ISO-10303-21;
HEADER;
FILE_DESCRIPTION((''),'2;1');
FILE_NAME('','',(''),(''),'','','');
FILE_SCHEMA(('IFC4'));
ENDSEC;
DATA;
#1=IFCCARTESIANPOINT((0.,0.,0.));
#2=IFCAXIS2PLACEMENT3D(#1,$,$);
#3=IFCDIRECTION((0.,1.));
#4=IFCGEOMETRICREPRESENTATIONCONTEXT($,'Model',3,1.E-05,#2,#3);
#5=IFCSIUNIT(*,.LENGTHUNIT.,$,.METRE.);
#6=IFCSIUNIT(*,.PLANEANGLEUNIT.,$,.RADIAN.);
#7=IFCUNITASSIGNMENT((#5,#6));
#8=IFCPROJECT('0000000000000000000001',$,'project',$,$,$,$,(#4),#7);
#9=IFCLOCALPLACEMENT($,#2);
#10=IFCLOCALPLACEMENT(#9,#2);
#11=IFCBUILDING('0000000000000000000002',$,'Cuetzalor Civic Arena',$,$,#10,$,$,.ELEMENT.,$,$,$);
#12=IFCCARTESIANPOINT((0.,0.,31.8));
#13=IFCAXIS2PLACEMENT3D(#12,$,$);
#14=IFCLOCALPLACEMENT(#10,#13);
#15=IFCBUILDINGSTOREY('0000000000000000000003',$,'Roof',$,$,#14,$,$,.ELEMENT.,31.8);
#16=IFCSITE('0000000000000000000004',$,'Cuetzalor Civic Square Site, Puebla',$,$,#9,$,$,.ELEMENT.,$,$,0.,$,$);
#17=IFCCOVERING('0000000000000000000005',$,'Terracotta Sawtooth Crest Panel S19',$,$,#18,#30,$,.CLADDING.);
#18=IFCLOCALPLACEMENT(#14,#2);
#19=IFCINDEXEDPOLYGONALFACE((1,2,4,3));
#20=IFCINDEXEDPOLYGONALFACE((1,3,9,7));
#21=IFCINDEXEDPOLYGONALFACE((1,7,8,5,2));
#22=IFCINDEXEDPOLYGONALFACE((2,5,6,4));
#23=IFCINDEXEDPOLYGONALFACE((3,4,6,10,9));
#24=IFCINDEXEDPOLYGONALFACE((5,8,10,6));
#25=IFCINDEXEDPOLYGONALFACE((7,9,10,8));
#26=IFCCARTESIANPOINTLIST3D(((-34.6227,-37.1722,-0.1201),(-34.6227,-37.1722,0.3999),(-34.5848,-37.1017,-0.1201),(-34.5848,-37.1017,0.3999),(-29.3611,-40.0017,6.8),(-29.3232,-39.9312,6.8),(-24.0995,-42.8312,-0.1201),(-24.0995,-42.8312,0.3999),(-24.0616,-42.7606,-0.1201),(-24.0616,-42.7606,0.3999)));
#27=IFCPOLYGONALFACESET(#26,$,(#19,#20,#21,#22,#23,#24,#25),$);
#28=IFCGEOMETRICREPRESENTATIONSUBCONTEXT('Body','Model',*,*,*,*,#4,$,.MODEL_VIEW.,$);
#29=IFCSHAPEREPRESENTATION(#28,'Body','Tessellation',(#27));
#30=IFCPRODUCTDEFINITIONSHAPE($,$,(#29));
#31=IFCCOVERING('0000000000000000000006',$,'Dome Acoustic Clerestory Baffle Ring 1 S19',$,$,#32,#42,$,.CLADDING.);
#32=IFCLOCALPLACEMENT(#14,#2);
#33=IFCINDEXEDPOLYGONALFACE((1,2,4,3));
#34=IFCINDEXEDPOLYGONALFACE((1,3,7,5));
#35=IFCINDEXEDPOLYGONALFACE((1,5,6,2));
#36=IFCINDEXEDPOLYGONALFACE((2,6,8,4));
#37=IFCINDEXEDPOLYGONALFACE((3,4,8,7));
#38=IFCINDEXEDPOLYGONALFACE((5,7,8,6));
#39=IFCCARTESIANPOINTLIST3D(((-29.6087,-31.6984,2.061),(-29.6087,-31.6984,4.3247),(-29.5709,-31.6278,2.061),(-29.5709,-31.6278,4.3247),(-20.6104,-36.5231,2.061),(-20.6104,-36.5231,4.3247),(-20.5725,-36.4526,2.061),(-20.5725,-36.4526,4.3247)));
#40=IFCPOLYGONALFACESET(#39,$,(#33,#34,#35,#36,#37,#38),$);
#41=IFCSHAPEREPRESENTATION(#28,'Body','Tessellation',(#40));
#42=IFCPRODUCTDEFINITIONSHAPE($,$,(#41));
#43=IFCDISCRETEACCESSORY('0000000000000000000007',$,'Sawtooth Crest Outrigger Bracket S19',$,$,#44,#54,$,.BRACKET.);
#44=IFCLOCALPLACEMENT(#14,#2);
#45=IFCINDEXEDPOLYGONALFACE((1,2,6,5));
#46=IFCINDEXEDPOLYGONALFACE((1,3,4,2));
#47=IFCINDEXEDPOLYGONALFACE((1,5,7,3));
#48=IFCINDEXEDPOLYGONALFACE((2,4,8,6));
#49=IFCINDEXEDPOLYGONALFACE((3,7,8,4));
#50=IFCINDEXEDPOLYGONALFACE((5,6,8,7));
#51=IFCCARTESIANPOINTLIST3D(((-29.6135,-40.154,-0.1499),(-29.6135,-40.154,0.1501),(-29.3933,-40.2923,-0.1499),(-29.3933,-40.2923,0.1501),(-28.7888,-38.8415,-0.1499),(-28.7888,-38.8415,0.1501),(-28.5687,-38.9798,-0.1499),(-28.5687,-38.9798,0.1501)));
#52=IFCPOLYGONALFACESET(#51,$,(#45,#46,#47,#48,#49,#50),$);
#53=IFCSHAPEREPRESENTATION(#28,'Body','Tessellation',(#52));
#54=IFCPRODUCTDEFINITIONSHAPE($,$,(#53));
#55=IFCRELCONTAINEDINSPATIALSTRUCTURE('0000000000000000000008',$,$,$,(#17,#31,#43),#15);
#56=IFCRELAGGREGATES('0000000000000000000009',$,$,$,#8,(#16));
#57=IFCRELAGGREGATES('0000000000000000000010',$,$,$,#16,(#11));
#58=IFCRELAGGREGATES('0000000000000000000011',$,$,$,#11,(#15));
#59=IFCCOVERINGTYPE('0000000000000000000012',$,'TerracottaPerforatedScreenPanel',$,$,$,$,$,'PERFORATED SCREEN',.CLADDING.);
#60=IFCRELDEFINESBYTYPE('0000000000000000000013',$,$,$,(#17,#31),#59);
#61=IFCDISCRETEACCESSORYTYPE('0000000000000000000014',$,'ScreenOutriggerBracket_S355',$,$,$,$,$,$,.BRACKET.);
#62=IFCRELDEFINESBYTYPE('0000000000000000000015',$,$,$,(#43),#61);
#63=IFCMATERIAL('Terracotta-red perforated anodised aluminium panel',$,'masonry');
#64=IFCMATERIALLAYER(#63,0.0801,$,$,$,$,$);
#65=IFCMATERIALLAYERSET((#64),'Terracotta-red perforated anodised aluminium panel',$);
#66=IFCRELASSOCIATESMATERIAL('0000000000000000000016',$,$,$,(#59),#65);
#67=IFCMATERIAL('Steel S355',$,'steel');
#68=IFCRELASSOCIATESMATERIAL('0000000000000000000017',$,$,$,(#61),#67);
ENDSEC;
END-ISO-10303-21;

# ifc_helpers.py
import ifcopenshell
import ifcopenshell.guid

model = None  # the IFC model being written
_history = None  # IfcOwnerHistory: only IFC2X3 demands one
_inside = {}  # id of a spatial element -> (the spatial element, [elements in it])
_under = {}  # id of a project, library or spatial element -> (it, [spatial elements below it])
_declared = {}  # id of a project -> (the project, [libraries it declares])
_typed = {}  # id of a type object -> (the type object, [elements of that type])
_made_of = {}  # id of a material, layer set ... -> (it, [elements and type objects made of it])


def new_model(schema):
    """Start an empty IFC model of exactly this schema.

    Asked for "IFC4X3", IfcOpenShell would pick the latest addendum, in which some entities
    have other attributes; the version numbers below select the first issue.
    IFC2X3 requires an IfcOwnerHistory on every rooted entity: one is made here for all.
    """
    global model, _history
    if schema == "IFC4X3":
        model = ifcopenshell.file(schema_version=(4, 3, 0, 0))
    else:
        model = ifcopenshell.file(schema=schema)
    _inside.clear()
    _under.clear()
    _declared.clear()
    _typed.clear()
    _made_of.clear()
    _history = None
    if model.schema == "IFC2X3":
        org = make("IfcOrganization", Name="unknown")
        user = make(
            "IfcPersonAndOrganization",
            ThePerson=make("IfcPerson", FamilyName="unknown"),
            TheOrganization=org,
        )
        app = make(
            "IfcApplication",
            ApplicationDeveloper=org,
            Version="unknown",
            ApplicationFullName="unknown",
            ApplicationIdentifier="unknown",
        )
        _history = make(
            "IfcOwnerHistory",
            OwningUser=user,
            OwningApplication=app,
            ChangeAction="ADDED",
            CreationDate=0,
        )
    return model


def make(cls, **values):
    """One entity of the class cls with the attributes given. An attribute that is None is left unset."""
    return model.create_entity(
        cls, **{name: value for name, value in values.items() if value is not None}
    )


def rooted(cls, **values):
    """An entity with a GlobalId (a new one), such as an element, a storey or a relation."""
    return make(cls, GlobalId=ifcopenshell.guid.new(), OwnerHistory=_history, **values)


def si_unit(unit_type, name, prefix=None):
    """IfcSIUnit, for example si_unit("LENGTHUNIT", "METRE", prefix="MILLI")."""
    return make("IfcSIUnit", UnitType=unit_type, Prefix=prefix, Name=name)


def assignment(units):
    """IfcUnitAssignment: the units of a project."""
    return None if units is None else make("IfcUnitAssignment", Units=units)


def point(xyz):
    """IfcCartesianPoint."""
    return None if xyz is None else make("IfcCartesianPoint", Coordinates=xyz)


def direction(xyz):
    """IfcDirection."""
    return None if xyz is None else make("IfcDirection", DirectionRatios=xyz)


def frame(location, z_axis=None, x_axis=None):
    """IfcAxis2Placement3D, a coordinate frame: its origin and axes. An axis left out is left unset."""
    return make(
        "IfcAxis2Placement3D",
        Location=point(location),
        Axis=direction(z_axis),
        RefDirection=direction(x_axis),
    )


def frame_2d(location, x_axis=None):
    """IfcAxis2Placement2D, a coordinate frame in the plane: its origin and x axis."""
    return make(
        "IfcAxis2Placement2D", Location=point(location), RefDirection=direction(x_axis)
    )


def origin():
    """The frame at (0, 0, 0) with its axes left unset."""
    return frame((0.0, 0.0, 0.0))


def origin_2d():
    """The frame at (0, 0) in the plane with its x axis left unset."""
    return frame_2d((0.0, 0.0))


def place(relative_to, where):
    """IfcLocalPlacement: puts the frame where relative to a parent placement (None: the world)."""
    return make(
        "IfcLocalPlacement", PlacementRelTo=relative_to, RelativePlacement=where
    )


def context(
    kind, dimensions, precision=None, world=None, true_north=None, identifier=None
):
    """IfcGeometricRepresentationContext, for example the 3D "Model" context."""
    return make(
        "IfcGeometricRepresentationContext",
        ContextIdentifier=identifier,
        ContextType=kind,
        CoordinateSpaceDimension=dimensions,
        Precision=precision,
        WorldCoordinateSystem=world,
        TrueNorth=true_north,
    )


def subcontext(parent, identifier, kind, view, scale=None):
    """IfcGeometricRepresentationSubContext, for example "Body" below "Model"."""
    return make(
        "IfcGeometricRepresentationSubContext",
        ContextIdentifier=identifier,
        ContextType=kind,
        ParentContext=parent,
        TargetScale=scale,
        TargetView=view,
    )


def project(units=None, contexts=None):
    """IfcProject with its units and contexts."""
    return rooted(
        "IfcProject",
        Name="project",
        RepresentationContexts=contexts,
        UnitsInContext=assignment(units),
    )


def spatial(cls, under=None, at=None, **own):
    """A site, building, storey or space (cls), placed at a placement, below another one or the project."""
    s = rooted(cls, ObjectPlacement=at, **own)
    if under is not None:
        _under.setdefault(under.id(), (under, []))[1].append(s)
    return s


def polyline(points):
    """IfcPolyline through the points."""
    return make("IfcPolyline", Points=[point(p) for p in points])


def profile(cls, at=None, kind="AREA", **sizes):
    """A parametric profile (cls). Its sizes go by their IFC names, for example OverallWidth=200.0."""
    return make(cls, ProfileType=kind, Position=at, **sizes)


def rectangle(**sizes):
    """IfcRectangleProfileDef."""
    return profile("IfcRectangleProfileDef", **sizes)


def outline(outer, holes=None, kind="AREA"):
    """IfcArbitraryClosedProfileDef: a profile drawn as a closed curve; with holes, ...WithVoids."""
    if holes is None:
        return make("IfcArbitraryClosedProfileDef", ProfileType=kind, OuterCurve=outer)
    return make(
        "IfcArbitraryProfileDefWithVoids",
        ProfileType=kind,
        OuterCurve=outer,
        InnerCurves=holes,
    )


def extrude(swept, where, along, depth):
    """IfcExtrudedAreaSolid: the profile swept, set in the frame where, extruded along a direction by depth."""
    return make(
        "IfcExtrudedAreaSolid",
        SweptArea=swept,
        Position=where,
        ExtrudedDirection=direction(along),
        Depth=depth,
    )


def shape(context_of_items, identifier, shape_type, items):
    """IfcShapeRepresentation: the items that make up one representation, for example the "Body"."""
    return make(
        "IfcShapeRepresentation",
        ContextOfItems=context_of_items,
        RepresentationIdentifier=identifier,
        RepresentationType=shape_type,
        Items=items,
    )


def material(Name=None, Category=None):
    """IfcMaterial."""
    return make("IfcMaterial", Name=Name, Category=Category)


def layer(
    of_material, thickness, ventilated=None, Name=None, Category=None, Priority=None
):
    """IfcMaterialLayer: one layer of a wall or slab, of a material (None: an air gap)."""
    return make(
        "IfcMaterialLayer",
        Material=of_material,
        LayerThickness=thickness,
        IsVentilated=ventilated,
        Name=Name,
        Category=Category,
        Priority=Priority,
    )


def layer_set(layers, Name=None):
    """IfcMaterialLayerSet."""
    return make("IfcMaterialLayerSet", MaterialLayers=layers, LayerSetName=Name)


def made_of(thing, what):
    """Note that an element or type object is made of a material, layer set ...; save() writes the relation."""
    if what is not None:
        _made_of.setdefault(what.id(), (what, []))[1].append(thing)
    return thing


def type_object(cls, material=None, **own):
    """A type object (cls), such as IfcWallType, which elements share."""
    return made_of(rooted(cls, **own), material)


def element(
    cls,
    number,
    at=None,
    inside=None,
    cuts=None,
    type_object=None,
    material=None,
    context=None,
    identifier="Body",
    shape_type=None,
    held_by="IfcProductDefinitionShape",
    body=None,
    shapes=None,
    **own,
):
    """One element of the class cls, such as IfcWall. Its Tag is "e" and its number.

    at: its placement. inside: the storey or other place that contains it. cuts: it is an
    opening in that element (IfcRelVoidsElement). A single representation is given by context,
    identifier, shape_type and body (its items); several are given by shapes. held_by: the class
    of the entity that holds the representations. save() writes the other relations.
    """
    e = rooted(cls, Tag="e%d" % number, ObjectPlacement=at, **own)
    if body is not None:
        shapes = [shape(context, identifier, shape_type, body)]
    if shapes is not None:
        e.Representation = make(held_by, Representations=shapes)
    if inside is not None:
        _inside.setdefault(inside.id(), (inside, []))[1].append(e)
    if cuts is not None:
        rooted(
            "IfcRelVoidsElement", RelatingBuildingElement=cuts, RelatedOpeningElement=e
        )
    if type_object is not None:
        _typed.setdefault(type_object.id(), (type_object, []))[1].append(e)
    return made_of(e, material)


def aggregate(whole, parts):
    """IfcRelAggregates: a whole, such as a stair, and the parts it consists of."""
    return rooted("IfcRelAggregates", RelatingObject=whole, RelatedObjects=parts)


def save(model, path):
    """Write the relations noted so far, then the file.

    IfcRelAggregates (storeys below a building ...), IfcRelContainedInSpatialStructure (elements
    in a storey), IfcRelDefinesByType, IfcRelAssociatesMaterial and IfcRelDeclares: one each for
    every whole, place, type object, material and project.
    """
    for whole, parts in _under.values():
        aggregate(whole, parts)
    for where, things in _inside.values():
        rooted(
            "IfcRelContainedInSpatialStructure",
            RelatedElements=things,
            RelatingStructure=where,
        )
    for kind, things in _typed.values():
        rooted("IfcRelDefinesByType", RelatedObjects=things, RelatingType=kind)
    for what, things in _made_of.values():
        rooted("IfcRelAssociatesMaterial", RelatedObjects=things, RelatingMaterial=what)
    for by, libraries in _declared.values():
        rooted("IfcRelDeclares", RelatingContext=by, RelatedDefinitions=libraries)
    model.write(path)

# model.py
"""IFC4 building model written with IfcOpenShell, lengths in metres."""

from ifc_helpers import new_model, si_unit, direction, frame, frame_2d, origin, origin_2d, place, context, subcontext, project, spatial, polyline, rectangle, outline, extrude, material, layer, layer_set, type_object, element, save


model = new_model("IFC4")

# Units and contexts
model_context = context("Model", 3, precision=1e-05, world=origin(), true_north=direction((0.0, 1.0)))
body_context = subcontext(model_context, "Body", "Model", "MODEL_VIEW")
ifc_project = project(units=[si_unit("LENGTHUNIT", "METRE"), si_unit("PLANEANGLEUNIT", "RADIAN")], contexts=[model_context])

# Site, building, storey
site_placement = place(None, origin())
site = spatial("IfcSite", under=ifc_project, at=site_placement, Name="Cuetzalor Civic Square Site, Puebla", CompositionType="ELEMENT", RefElevation=0.0)
building_placement = place(site_placement, origin())
building = spatial("IfcBuilding", under=site, at=building_placement, Name="Cuetzalor Civic Arena", CompositionType="ELEMENT")
storey_placement = place(building_placement, frame((0.0, 0.0, 31.8)))
storey = spatial("IfcBuildingStorey", under=building, at=storey_placement, Name="Roof", CompositionType="ELEMENT", Elevation=31.8)

# Coverings
ifc_material_1 = material(Name="Terracotta-red perforated anodised aluminium panel", Category="masonry")
ifc_layer_1 = layer(ifc_material_1, 0.0801)
ifc_layer_set_1 = layer_set([ifc_layer_1], Name="Terracotta-red perforated anodised aluminium panel")
covering_type = type_object("IfcCoveringType", Name="TerracottaPerforatedScreenPanel", ElementType="PERFORATED SCREEN", PredefinedType="CLADDING", material=ifc_layer_set_1)
covering_1_placement = place(storey_placement, frame((-24.0806, -42.7959, -0.1201), z_axis=(0.0, 0.0, 1.0), x_axis=(-0.880729, 0.47362, 0.0)))
element("IfcCovering", 1, at=covering_1_placement, inside=storey, type_object=covering_type, Name="Terracotta Sawtooth Crest Panel S19", PredefinedType="CLADDING", context=body_context, shape_type="SweptSolid", body=[
    extrude(outline(polyline([(0.0, 0.0), (11.9482, 0.0), (11.9482, 0.52), (5.9741, 6.9202), (0.0, 0.52), (0.0, 0.0)])), frame((0.0, 0.04, 0.0), z_axis=(0.0, -1.0, 0.0), x_axis=(1.0, 0.0, 0.0)), (0.0, 0.0, 1.0), 0.0801),
])
covering_2_placement = place(storey_placement, frame((-20.5916, -36.4878, 2.061), z_axis=(0.0, 0.0, 1.0), x_axis=(-0.881309, 0.472541, 0.0)))
element("IfcCovering", 2, at=covering_2_placement, inside=storey, type_object=covering_type, Name="Dome Acoustic Clerestory Baffle Ring 1 S19", PredefinedType="CLADDING", context=body_context, shape_type="SweptSolid", body=[
    extrude(rectangle(XDim=10.2102, YDim=0.0801, at=frame_2d((5.105, 0.0))), origin(), (0.0, 0.0, 1.0), 2.2637),
])

# Discrete accessory
ifc_material_2 = material(Name="Steel S355", Category="steel")
discrete_accessory_type = type_object("IfcDiscreteAccessoryType", Name="ScreenOutriggerBracket_S355", PredefinedType="BRACKET", material=ifc_material_2)
discrete_accessory_placement = place(storey_placement, frame((-29.0911, -39.5669, -0.1499), z_axis=(0.0, 0.0, 1.0), x_axis=(-0.53199, -0.846751, 0.0)))
element("IfcDiscreteAccessory", 3, at=discrete_accessory_placement, inside=storey, type_object=discrete_accessory_type, Name="Sawtooth Crest Outrigger Bracket S19", PredefinedType="BRACKET", context=body_context, shape_type="SweptSolid", body=[
    extrude(rectangle(XDim=1.55, YDim=0.26, at=origin_2d()), origin(), (0.0, 0.0, 1.0), 0.3),
])

save(model, "model.ifc")
